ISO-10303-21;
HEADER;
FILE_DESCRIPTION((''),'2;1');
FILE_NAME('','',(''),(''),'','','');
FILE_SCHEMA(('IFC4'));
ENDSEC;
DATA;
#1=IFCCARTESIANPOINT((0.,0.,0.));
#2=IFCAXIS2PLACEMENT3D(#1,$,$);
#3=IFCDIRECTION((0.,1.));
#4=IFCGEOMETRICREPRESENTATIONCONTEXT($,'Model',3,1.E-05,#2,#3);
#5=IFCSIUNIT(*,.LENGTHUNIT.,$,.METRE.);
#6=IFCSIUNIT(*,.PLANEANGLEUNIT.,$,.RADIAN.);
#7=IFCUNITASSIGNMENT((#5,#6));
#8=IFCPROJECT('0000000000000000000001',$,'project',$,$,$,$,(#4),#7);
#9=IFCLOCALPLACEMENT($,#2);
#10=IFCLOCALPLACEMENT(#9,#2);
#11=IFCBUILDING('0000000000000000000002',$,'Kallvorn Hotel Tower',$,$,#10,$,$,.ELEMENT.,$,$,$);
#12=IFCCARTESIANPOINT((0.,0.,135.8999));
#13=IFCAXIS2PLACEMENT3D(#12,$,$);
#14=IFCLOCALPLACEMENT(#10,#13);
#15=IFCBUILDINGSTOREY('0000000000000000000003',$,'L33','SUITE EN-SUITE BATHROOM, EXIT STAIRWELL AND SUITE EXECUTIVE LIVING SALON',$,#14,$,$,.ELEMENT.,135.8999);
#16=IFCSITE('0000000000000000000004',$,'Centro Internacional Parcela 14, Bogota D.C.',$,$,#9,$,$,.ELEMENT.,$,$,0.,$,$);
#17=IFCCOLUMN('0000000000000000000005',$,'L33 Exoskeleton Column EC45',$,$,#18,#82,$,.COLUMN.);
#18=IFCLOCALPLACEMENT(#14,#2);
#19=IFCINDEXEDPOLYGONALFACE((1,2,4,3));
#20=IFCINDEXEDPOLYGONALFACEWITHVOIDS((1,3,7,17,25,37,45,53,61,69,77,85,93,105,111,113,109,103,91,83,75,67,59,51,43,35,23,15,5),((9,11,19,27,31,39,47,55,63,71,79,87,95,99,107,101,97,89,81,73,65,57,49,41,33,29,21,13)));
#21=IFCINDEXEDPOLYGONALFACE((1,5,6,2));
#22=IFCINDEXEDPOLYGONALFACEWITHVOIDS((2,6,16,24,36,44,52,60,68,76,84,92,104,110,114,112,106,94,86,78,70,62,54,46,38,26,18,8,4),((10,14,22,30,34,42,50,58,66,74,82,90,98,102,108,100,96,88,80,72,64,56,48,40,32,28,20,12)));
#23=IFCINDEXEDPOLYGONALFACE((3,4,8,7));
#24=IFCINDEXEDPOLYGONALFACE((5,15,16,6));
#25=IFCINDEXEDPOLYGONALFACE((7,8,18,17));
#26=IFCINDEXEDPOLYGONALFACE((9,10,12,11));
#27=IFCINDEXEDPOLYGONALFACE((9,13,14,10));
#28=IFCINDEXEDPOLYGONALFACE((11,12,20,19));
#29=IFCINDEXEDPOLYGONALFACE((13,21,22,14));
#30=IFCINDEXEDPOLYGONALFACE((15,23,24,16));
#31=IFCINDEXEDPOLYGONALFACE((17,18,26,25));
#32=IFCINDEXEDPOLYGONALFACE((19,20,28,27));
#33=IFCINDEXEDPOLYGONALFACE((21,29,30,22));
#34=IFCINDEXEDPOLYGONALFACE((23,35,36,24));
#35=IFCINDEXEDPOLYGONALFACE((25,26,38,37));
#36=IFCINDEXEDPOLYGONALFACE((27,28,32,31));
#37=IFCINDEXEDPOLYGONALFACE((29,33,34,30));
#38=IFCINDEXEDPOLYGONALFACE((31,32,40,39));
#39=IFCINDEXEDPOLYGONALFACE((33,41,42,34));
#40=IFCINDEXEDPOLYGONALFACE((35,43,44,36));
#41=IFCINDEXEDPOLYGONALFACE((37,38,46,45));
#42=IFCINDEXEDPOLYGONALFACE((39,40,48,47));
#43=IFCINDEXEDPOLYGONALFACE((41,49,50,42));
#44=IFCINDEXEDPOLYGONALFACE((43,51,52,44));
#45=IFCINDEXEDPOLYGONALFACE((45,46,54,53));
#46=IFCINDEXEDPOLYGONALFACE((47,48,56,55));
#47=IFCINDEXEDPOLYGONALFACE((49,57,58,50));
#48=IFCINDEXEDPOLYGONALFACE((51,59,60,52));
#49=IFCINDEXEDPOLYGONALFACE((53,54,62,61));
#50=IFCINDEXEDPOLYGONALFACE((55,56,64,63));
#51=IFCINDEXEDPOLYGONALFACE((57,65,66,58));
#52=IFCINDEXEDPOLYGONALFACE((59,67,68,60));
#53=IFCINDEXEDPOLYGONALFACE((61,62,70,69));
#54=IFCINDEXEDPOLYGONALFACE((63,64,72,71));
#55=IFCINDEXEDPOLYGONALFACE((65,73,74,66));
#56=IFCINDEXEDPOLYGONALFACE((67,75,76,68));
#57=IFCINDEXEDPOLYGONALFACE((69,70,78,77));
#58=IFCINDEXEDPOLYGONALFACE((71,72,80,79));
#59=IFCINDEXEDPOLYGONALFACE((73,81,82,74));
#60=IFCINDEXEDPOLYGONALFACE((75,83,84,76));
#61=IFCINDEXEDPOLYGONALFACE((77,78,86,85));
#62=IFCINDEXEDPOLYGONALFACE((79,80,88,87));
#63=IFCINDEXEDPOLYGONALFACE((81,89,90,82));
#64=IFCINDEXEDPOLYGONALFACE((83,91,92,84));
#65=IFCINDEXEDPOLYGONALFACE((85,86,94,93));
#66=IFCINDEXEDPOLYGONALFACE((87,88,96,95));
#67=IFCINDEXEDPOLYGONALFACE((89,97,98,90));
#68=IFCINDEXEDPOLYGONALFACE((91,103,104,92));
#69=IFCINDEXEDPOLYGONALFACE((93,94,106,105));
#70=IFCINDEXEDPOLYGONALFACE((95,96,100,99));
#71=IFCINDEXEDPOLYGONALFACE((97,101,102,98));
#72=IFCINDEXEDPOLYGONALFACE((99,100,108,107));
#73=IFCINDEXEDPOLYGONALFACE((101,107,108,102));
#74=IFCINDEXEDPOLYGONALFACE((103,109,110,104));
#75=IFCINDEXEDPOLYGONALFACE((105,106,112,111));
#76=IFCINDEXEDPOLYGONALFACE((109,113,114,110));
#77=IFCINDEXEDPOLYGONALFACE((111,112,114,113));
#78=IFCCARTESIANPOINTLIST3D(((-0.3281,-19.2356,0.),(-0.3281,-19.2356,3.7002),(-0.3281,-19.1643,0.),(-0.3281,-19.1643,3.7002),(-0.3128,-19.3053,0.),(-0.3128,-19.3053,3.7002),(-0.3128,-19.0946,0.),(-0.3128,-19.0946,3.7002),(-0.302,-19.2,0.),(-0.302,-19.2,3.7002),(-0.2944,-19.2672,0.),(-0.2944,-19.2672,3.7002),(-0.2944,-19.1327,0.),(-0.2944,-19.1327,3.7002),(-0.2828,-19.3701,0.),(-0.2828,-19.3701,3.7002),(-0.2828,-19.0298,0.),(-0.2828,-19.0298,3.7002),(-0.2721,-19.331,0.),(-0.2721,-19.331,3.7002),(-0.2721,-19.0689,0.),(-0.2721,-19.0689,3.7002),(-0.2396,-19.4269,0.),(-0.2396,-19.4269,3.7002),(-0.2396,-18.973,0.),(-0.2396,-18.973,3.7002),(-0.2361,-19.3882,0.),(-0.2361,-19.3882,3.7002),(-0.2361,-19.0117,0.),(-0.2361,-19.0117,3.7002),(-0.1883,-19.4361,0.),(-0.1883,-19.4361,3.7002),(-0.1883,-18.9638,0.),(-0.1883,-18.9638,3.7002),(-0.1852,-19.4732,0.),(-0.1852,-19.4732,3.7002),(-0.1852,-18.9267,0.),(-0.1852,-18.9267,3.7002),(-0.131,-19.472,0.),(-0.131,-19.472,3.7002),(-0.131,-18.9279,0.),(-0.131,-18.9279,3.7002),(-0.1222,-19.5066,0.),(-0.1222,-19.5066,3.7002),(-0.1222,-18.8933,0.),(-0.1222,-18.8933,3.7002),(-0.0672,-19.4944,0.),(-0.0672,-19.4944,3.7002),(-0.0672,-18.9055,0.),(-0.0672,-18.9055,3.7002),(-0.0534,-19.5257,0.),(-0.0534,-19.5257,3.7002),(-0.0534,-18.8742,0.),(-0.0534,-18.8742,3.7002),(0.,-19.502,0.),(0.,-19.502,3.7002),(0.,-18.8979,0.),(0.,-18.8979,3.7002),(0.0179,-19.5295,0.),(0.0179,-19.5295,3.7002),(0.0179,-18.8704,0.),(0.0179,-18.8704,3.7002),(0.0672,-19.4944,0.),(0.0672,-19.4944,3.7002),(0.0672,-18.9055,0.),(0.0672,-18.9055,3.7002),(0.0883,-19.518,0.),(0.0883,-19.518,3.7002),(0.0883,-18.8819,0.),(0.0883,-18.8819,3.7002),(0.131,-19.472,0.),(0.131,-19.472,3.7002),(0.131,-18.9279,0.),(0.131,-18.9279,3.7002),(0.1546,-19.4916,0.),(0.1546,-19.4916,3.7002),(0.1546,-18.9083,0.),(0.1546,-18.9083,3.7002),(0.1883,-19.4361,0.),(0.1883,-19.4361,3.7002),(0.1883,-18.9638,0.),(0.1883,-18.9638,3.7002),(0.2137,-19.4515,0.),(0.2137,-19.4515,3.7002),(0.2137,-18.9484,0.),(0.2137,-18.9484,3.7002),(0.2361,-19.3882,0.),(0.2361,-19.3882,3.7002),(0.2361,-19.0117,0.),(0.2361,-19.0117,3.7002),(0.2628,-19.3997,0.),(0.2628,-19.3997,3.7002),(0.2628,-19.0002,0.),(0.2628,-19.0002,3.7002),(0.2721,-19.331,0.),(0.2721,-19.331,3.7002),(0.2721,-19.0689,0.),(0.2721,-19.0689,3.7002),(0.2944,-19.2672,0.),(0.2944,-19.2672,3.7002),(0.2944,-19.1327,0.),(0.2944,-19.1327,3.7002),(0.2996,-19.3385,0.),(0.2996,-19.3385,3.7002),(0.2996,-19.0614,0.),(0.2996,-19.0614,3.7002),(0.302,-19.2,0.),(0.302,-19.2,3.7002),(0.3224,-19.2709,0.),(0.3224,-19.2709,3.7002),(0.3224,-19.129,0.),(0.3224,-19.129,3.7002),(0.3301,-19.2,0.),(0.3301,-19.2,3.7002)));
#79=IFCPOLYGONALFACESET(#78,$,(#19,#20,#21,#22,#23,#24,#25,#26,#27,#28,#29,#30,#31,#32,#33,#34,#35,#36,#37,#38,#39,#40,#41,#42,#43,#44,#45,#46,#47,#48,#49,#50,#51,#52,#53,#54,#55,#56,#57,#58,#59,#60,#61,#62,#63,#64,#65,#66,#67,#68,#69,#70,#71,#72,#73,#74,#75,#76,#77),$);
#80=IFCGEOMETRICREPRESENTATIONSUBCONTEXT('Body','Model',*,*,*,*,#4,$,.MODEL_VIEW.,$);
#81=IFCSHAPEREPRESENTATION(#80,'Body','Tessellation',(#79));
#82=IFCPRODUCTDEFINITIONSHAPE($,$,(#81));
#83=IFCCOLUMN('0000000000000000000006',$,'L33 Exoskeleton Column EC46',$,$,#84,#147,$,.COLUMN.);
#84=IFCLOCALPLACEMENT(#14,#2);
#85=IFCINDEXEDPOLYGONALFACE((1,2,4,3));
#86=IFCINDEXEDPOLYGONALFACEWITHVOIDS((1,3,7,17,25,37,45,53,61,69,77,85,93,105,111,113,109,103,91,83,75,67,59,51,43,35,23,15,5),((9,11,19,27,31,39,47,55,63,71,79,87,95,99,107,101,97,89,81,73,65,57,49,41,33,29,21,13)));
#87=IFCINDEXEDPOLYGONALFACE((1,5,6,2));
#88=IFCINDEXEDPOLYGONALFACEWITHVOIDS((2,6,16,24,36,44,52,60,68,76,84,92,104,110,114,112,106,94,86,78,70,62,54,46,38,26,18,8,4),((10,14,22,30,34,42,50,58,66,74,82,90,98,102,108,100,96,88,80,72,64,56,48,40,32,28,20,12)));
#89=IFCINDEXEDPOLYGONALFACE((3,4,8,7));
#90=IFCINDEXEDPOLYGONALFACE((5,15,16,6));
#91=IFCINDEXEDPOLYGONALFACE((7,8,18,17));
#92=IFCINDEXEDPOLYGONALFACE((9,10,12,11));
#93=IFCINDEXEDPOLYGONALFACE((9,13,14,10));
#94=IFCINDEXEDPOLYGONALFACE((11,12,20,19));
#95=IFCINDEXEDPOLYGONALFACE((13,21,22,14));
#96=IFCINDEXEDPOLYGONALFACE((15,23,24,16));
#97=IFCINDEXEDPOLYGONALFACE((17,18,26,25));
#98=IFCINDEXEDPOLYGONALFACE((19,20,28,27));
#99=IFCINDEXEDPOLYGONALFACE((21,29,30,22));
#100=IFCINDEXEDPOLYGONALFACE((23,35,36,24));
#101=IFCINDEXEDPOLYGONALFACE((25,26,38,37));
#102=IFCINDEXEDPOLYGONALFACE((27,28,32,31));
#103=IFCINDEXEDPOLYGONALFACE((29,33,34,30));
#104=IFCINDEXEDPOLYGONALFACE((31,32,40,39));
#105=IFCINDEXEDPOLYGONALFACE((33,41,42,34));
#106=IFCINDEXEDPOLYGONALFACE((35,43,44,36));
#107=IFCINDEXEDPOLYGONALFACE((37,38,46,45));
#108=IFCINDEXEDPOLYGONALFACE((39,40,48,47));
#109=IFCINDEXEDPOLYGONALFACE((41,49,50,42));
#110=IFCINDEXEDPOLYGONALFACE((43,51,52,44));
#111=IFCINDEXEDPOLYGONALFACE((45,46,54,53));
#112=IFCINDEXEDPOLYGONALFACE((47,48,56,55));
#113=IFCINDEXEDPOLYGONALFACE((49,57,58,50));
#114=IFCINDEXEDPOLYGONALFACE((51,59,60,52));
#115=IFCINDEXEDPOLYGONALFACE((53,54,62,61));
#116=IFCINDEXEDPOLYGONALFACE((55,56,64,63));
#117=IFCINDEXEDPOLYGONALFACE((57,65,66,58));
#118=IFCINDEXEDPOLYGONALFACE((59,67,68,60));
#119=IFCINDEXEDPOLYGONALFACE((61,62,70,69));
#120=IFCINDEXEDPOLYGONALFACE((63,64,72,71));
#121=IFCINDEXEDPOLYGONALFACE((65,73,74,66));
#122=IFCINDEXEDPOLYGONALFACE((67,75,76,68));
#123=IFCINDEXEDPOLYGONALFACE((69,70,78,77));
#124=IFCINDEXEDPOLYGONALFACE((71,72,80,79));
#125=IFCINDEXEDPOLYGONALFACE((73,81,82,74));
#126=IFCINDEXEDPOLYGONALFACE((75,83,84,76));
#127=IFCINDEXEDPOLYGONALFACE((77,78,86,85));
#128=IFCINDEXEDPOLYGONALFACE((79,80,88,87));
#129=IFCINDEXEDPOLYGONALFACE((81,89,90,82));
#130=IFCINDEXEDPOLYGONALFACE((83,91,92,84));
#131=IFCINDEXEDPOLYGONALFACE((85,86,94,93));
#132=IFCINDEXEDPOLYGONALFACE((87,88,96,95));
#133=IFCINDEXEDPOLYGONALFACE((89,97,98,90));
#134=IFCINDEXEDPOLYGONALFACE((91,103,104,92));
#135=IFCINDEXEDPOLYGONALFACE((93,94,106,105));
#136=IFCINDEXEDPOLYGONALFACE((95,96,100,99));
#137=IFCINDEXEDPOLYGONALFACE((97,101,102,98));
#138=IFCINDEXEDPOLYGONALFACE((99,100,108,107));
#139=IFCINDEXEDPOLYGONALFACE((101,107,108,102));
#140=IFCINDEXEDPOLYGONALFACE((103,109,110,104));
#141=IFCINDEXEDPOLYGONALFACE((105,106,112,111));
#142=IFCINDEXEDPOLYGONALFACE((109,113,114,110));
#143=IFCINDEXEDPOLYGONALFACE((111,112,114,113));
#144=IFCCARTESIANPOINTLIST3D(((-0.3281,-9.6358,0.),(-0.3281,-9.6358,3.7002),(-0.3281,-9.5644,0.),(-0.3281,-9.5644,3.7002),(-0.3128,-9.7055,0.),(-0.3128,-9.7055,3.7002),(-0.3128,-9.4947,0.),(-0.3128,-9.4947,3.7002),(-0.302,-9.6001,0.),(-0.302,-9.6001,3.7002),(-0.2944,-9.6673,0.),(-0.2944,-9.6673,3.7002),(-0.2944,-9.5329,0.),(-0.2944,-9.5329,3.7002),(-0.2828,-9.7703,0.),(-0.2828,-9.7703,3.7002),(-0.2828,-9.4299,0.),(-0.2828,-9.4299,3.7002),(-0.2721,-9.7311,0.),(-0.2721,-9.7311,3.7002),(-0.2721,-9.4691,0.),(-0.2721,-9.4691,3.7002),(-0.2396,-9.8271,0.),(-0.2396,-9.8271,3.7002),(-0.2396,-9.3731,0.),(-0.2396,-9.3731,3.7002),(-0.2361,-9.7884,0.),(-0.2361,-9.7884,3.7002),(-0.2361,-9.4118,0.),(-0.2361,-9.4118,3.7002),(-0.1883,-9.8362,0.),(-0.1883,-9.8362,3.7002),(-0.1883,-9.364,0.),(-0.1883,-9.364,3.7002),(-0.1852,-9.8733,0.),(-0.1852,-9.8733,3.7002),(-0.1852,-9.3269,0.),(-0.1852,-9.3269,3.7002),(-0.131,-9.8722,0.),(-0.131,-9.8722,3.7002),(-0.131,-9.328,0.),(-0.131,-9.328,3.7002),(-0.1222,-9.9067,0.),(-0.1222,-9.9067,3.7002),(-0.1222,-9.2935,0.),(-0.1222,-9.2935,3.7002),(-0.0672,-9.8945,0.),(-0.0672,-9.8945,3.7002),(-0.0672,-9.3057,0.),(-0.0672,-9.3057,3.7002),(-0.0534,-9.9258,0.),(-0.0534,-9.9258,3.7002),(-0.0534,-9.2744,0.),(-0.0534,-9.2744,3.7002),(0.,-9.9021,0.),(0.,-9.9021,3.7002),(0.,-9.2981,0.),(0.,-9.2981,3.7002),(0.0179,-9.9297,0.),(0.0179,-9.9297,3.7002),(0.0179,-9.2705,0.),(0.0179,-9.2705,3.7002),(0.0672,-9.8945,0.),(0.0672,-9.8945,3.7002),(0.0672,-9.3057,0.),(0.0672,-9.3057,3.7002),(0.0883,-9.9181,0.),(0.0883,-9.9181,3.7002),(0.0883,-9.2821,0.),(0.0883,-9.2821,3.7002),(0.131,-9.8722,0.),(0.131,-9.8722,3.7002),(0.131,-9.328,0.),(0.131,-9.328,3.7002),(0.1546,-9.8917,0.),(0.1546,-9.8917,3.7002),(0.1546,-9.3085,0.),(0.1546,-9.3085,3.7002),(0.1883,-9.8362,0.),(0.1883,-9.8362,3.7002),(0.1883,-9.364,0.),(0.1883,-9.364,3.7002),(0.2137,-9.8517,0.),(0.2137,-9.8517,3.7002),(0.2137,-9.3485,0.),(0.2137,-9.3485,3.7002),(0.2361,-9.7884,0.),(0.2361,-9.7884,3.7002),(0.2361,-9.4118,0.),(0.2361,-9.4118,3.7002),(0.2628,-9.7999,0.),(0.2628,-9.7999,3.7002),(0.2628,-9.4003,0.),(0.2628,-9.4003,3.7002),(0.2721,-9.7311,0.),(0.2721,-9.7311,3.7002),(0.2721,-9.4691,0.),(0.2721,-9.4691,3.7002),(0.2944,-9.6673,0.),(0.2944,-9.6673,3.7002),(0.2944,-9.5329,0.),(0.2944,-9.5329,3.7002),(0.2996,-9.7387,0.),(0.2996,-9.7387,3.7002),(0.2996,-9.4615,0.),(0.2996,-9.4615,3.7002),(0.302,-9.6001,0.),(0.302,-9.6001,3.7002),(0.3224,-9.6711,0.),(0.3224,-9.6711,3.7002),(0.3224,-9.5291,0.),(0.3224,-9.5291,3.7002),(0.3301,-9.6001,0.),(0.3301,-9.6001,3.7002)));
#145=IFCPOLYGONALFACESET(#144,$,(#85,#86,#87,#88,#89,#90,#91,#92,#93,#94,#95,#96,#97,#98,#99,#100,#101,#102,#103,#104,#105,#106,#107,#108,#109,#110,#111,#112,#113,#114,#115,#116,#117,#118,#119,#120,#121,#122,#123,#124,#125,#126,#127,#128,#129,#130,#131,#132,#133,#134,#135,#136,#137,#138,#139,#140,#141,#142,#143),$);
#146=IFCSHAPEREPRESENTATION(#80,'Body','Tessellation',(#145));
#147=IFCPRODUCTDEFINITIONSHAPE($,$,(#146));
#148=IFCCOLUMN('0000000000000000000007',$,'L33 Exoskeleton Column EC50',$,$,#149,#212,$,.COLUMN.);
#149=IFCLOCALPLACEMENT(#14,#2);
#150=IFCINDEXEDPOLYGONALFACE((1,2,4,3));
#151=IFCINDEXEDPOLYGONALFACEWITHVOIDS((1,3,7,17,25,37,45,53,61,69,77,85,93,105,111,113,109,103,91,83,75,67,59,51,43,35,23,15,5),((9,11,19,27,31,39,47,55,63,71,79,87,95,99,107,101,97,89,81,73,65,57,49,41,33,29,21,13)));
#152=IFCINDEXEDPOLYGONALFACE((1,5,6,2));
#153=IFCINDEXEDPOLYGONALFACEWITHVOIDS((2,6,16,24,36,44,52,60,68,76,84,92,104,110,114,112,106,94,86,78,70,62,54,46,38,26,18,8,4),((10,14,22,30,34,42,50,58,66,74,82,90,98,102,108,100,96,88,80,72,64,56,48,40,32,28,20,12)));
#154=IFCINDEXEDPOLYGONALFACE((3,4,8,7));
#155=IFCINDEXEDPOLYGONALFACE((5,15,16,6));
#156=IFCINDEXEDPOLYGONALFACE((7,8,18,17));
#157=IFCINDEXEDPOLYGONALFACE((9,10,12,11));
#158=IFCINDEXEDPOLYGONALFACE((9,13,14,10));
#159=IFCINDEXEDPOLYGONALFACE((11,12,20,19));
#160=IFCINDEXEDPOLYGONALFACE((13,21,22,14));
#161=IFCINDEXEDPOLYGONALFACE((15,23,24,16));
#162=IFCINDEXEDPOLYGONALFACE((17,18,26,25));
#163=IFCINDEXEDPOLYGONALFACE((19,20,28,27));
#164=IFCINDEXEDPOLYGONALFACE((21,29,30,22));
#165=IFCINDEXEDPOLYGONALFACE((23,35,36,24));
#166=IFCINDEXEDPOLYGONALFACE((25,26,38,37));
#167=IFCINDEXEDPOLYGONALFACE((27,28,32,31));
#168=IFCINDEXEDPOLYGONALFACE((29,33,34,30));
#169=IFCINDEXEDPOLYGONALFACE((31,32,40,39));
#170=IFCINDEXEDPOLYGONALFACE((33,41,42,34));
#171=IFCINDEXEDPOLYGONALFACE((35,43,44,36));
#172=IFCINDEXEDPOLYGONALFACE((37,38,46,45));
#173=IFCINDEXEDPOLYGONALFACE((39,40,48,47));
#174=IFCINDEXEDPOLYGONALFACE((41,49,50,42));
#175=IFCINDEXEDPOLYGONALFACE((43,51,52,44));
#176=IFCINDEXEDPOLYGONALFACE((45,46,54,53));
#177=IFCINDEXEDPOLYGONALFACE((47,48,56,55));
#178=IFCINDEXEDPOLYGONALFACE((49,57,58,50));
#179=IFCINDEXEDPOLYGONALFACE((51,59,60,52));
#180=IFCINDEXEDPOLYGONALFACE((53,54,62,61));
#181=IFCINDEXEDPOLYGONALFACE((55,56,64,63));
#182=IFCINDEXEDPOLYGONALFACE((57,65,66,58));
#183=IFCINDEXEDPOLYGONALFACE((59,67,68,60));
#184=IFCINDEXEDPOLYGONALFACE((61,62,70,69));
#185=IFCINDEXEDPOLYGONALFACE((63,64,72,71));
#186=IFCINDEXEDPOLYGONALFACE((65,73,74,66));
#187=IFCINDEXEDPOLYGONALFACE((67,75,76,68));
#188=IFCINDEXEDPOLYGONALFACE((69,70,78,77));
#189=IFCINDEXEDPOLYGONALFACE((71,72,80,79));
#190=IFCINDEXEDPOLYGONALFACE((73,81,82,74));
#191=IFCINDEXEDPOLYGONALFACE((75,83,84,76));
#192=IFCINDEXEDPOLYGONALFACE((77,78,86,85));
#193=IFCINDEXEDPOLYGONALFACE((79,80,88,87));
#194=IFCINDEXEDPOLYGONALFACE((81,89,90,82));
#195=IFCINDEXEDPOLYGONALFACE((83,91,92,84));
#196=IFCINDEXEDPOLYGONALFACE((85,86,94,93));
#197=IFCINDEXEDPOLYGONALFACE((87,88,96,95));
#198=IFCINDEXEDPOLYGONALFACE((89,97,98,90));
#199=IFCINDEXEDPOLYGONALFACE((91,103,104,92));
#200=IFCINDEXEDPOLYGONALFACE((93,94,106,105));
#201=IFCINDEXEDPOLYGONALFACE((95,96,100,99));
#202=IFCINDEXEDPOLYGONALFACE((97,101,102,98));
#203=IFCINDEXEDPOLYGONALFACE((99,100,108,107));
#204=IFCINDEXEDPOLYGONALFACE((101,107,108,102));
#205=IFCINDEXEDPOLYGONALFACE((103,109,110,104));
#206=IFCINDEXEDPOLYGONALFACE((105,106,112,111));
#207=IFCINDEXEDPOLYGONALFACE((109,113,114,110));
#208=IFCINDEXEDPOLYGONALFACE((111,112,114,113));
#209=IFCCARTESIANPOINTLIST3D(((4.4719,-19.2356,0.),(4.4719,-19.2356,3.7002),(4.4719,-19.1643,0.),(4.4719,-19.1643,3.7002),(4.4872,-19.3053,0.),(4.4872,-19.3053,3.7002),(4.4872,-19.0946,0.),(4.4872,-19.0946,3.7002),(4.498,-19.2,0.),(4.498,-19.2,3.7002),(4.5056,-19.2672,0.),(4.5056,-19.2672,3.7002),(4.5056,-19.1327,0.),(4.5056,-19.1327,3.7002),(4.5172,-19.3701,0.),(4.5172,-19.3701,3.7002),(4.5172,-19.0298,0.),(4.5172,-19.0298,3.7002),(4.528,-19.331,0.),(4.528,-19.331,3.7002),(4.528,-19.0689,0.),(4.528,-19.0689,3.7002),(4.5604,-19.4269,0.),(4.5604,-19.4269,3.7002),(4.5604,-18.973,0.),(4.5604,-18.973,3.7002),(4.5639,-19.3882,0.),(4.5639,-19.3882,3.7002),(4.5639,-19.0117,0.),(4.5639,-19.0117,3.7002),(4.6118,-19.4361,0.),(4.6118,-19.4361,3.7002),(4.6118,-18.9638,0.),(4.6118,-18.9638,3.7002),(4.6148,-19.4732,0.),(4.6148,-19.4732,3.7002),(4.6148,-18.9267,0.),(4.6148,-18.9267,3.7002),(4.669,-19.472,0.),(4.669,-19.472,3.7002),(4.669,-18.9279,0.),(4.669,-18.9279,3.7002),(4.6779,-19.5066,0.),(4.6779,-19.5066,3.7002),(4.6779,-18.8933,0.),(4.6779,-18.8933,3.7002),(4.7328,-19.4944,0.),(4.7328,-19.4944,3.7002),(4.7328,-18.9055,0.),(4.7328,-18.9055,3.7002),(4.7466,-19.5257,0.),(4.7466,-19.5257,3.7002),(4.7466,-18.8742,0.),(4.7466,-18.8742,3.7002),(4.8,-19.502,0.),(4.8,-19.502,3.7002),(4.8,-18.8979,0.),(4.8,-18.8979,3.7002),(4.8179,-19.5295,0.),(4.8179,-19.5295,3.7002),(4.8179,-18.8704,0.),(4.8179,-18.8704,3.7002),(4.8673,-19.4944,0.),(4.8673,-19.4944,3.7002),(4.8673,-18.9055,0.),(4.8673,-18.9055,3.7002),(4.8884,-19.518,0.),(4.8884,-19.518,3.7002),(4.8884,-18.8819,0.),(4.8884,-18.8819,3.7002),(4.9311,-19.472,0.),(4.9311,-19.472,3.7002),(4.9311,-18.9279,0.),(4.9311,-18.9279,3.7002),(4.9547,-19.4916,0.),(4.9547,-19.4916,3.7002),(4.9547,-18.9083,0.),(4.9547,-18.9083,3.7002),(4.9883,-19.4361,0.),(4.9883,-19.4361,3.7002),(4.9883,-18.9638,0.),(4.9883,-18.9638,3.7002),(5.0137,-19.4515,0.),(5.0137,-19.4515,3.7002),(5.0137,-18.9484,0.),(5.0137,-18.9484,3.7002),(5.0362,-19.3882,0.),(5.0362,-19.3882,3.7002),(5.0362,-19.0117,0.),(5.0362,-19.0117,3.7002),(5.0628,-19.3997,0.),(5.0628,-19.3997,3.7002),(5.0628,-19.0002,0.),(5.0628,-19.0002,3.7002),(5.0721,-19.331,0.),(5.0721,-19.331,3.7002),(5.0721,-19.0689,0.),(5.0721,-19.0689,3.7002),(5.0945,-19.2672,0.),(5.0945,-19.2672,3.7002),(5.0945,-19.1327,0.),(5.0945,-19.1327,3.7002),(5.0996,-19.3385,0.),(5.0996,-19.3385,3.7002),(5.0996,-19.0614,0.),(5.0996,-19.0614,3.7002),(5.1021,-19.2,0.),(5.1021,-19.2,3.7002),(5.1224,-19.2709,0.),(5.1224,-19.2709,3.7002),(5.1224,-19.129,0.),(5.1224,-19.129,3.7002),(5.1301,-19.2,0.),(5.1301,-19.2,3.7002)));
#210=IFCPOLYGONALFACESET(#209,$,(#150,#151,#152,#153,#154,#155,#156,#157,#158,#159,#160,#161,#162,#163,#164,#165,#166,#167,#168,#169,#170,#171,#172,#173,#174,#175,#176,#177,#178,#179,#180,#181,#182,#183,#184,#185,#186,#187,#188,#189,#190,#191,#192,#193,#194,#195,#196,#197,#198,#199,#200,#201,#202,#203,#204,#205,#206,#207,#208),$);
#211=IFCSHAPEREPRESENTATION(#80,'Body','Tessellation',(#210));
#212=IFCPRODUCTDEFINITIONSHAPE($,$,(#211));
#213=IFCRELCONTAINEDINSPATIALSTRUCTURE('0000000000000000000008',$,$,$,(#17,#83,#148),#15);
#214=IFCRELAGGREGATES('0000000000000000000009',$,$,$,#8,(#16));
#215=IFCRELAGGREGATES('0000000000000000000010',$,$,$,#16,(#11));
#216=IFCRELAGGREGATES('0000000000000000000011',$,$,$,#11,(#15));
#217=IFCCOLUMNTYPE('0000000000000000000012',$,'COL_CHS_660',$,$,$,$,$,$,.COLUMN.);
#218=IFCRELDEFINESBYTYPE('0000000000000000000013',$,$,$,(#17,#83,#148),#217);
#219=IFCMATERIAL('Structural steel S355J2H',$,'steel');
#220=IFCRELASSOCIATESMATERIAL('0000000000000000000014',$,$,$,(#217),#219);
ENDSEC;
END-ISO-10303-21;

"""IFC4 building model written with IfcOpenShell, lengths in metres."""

from ifc_helpers import new_model, si_unit, direction, frame, origin, origin_2d, place, context, subcontext, project, spatial, hollow_circle, extrude, material, material_profile, profile_set, type_object, element, save


model = new_model("IFC4")

# Units and contexts
model_context = context("Model", 3, precision=1e-05, world=origin(), true_north=direction((0.0, 1.0)))
body_context = subcontext(model_context, "Body", "Model", "MODEL_VIEW")
ifc_project = project(units=[si_unit("LENGTHUNIT", "METRE"), si_unit("PLANEANGLEUNIT", "RADIAN")], contexts=[model_context])

# Site, building, storey
site_placement = place(None, origin())
site = spatial("IfcSite", under=ifc_project, at=site_placement, Name="Centro Internacional Parcela 14, Bogota D.C.", CompositionType="ELEMENT", RefElevation=0.0)
building_placement = place(site_placement, origin())
building = spatial("IfcBuilding", under=site, at=building_placement, Name="Kallvorn Hotel Tower", CompositionType="ELEMENT")
storey_placement = place(building_placement, frame((0.0, 0.0, 135.8999)))
storey = spatial("IfcBuildingStorey", under=building, at=storey_placement, Name="L33", Description="SUITE EN-SUITE BATHROOM, EXIT STAIRWELL AND SUITE EXECUTIVE LIVING SALON", CompositionType="ELEMENT", Elevation=135.8999)

# Columns
ifc_material_1 = material(Name="Structural steel S355J2H", Category="steel")
ifc_material_profile_1 = material_profile(ifc_material_1, hollow_circle(Radius=0.3301, WallThickness=0.0281, at=origin_2d()), Name="CHS 660x28")
ifc_profile_set_1 = profile_set([ifc_material_profile_1], Name="Structural steel S355J2H")
column_type_1 = type_object("IfcColumnType", Name="COL_CHS_660", PredefinedType="COLUMN", material=ifc_profile_set_1)
for number, where, z_axis, x_axis, name in (
    (1, (0.0, -19.2, 0.0), (0.0, 0.0, 1.0), (1.0, 0.0, 0.0), "L33 Exoskeleton Column EC45"),
    (2, (0.0, -9.6001, 0.0), (0.0, 0.0, 1.0), (1.0, 0.0, 0.0), "L33 Exoskeleton Column EC46"),
    (3, (4.8, -19.2, 0.0), (0.0, 0.0, 1.0), (1.0, 0.0, 0.0), "L33 Exoskeleton Column EC50"),
):
    element("IfcColumn", number, at=place(storey_placement, frame(where, z_axis=z_axis, x_axis=x_axis)), inside=storey, type_object=column_type_1, Name=name, PredefinedType="COLUMN", context=body_context, shape_type="SweptSolid", body=[
        extrude(hollow_circle(Radius=0.3301, WallThickness=0.0281, at=origin_2d()), origin(), (0.0, 0.0, 1.0), 3.7002),
    ])

save(model, "model.ifc")
